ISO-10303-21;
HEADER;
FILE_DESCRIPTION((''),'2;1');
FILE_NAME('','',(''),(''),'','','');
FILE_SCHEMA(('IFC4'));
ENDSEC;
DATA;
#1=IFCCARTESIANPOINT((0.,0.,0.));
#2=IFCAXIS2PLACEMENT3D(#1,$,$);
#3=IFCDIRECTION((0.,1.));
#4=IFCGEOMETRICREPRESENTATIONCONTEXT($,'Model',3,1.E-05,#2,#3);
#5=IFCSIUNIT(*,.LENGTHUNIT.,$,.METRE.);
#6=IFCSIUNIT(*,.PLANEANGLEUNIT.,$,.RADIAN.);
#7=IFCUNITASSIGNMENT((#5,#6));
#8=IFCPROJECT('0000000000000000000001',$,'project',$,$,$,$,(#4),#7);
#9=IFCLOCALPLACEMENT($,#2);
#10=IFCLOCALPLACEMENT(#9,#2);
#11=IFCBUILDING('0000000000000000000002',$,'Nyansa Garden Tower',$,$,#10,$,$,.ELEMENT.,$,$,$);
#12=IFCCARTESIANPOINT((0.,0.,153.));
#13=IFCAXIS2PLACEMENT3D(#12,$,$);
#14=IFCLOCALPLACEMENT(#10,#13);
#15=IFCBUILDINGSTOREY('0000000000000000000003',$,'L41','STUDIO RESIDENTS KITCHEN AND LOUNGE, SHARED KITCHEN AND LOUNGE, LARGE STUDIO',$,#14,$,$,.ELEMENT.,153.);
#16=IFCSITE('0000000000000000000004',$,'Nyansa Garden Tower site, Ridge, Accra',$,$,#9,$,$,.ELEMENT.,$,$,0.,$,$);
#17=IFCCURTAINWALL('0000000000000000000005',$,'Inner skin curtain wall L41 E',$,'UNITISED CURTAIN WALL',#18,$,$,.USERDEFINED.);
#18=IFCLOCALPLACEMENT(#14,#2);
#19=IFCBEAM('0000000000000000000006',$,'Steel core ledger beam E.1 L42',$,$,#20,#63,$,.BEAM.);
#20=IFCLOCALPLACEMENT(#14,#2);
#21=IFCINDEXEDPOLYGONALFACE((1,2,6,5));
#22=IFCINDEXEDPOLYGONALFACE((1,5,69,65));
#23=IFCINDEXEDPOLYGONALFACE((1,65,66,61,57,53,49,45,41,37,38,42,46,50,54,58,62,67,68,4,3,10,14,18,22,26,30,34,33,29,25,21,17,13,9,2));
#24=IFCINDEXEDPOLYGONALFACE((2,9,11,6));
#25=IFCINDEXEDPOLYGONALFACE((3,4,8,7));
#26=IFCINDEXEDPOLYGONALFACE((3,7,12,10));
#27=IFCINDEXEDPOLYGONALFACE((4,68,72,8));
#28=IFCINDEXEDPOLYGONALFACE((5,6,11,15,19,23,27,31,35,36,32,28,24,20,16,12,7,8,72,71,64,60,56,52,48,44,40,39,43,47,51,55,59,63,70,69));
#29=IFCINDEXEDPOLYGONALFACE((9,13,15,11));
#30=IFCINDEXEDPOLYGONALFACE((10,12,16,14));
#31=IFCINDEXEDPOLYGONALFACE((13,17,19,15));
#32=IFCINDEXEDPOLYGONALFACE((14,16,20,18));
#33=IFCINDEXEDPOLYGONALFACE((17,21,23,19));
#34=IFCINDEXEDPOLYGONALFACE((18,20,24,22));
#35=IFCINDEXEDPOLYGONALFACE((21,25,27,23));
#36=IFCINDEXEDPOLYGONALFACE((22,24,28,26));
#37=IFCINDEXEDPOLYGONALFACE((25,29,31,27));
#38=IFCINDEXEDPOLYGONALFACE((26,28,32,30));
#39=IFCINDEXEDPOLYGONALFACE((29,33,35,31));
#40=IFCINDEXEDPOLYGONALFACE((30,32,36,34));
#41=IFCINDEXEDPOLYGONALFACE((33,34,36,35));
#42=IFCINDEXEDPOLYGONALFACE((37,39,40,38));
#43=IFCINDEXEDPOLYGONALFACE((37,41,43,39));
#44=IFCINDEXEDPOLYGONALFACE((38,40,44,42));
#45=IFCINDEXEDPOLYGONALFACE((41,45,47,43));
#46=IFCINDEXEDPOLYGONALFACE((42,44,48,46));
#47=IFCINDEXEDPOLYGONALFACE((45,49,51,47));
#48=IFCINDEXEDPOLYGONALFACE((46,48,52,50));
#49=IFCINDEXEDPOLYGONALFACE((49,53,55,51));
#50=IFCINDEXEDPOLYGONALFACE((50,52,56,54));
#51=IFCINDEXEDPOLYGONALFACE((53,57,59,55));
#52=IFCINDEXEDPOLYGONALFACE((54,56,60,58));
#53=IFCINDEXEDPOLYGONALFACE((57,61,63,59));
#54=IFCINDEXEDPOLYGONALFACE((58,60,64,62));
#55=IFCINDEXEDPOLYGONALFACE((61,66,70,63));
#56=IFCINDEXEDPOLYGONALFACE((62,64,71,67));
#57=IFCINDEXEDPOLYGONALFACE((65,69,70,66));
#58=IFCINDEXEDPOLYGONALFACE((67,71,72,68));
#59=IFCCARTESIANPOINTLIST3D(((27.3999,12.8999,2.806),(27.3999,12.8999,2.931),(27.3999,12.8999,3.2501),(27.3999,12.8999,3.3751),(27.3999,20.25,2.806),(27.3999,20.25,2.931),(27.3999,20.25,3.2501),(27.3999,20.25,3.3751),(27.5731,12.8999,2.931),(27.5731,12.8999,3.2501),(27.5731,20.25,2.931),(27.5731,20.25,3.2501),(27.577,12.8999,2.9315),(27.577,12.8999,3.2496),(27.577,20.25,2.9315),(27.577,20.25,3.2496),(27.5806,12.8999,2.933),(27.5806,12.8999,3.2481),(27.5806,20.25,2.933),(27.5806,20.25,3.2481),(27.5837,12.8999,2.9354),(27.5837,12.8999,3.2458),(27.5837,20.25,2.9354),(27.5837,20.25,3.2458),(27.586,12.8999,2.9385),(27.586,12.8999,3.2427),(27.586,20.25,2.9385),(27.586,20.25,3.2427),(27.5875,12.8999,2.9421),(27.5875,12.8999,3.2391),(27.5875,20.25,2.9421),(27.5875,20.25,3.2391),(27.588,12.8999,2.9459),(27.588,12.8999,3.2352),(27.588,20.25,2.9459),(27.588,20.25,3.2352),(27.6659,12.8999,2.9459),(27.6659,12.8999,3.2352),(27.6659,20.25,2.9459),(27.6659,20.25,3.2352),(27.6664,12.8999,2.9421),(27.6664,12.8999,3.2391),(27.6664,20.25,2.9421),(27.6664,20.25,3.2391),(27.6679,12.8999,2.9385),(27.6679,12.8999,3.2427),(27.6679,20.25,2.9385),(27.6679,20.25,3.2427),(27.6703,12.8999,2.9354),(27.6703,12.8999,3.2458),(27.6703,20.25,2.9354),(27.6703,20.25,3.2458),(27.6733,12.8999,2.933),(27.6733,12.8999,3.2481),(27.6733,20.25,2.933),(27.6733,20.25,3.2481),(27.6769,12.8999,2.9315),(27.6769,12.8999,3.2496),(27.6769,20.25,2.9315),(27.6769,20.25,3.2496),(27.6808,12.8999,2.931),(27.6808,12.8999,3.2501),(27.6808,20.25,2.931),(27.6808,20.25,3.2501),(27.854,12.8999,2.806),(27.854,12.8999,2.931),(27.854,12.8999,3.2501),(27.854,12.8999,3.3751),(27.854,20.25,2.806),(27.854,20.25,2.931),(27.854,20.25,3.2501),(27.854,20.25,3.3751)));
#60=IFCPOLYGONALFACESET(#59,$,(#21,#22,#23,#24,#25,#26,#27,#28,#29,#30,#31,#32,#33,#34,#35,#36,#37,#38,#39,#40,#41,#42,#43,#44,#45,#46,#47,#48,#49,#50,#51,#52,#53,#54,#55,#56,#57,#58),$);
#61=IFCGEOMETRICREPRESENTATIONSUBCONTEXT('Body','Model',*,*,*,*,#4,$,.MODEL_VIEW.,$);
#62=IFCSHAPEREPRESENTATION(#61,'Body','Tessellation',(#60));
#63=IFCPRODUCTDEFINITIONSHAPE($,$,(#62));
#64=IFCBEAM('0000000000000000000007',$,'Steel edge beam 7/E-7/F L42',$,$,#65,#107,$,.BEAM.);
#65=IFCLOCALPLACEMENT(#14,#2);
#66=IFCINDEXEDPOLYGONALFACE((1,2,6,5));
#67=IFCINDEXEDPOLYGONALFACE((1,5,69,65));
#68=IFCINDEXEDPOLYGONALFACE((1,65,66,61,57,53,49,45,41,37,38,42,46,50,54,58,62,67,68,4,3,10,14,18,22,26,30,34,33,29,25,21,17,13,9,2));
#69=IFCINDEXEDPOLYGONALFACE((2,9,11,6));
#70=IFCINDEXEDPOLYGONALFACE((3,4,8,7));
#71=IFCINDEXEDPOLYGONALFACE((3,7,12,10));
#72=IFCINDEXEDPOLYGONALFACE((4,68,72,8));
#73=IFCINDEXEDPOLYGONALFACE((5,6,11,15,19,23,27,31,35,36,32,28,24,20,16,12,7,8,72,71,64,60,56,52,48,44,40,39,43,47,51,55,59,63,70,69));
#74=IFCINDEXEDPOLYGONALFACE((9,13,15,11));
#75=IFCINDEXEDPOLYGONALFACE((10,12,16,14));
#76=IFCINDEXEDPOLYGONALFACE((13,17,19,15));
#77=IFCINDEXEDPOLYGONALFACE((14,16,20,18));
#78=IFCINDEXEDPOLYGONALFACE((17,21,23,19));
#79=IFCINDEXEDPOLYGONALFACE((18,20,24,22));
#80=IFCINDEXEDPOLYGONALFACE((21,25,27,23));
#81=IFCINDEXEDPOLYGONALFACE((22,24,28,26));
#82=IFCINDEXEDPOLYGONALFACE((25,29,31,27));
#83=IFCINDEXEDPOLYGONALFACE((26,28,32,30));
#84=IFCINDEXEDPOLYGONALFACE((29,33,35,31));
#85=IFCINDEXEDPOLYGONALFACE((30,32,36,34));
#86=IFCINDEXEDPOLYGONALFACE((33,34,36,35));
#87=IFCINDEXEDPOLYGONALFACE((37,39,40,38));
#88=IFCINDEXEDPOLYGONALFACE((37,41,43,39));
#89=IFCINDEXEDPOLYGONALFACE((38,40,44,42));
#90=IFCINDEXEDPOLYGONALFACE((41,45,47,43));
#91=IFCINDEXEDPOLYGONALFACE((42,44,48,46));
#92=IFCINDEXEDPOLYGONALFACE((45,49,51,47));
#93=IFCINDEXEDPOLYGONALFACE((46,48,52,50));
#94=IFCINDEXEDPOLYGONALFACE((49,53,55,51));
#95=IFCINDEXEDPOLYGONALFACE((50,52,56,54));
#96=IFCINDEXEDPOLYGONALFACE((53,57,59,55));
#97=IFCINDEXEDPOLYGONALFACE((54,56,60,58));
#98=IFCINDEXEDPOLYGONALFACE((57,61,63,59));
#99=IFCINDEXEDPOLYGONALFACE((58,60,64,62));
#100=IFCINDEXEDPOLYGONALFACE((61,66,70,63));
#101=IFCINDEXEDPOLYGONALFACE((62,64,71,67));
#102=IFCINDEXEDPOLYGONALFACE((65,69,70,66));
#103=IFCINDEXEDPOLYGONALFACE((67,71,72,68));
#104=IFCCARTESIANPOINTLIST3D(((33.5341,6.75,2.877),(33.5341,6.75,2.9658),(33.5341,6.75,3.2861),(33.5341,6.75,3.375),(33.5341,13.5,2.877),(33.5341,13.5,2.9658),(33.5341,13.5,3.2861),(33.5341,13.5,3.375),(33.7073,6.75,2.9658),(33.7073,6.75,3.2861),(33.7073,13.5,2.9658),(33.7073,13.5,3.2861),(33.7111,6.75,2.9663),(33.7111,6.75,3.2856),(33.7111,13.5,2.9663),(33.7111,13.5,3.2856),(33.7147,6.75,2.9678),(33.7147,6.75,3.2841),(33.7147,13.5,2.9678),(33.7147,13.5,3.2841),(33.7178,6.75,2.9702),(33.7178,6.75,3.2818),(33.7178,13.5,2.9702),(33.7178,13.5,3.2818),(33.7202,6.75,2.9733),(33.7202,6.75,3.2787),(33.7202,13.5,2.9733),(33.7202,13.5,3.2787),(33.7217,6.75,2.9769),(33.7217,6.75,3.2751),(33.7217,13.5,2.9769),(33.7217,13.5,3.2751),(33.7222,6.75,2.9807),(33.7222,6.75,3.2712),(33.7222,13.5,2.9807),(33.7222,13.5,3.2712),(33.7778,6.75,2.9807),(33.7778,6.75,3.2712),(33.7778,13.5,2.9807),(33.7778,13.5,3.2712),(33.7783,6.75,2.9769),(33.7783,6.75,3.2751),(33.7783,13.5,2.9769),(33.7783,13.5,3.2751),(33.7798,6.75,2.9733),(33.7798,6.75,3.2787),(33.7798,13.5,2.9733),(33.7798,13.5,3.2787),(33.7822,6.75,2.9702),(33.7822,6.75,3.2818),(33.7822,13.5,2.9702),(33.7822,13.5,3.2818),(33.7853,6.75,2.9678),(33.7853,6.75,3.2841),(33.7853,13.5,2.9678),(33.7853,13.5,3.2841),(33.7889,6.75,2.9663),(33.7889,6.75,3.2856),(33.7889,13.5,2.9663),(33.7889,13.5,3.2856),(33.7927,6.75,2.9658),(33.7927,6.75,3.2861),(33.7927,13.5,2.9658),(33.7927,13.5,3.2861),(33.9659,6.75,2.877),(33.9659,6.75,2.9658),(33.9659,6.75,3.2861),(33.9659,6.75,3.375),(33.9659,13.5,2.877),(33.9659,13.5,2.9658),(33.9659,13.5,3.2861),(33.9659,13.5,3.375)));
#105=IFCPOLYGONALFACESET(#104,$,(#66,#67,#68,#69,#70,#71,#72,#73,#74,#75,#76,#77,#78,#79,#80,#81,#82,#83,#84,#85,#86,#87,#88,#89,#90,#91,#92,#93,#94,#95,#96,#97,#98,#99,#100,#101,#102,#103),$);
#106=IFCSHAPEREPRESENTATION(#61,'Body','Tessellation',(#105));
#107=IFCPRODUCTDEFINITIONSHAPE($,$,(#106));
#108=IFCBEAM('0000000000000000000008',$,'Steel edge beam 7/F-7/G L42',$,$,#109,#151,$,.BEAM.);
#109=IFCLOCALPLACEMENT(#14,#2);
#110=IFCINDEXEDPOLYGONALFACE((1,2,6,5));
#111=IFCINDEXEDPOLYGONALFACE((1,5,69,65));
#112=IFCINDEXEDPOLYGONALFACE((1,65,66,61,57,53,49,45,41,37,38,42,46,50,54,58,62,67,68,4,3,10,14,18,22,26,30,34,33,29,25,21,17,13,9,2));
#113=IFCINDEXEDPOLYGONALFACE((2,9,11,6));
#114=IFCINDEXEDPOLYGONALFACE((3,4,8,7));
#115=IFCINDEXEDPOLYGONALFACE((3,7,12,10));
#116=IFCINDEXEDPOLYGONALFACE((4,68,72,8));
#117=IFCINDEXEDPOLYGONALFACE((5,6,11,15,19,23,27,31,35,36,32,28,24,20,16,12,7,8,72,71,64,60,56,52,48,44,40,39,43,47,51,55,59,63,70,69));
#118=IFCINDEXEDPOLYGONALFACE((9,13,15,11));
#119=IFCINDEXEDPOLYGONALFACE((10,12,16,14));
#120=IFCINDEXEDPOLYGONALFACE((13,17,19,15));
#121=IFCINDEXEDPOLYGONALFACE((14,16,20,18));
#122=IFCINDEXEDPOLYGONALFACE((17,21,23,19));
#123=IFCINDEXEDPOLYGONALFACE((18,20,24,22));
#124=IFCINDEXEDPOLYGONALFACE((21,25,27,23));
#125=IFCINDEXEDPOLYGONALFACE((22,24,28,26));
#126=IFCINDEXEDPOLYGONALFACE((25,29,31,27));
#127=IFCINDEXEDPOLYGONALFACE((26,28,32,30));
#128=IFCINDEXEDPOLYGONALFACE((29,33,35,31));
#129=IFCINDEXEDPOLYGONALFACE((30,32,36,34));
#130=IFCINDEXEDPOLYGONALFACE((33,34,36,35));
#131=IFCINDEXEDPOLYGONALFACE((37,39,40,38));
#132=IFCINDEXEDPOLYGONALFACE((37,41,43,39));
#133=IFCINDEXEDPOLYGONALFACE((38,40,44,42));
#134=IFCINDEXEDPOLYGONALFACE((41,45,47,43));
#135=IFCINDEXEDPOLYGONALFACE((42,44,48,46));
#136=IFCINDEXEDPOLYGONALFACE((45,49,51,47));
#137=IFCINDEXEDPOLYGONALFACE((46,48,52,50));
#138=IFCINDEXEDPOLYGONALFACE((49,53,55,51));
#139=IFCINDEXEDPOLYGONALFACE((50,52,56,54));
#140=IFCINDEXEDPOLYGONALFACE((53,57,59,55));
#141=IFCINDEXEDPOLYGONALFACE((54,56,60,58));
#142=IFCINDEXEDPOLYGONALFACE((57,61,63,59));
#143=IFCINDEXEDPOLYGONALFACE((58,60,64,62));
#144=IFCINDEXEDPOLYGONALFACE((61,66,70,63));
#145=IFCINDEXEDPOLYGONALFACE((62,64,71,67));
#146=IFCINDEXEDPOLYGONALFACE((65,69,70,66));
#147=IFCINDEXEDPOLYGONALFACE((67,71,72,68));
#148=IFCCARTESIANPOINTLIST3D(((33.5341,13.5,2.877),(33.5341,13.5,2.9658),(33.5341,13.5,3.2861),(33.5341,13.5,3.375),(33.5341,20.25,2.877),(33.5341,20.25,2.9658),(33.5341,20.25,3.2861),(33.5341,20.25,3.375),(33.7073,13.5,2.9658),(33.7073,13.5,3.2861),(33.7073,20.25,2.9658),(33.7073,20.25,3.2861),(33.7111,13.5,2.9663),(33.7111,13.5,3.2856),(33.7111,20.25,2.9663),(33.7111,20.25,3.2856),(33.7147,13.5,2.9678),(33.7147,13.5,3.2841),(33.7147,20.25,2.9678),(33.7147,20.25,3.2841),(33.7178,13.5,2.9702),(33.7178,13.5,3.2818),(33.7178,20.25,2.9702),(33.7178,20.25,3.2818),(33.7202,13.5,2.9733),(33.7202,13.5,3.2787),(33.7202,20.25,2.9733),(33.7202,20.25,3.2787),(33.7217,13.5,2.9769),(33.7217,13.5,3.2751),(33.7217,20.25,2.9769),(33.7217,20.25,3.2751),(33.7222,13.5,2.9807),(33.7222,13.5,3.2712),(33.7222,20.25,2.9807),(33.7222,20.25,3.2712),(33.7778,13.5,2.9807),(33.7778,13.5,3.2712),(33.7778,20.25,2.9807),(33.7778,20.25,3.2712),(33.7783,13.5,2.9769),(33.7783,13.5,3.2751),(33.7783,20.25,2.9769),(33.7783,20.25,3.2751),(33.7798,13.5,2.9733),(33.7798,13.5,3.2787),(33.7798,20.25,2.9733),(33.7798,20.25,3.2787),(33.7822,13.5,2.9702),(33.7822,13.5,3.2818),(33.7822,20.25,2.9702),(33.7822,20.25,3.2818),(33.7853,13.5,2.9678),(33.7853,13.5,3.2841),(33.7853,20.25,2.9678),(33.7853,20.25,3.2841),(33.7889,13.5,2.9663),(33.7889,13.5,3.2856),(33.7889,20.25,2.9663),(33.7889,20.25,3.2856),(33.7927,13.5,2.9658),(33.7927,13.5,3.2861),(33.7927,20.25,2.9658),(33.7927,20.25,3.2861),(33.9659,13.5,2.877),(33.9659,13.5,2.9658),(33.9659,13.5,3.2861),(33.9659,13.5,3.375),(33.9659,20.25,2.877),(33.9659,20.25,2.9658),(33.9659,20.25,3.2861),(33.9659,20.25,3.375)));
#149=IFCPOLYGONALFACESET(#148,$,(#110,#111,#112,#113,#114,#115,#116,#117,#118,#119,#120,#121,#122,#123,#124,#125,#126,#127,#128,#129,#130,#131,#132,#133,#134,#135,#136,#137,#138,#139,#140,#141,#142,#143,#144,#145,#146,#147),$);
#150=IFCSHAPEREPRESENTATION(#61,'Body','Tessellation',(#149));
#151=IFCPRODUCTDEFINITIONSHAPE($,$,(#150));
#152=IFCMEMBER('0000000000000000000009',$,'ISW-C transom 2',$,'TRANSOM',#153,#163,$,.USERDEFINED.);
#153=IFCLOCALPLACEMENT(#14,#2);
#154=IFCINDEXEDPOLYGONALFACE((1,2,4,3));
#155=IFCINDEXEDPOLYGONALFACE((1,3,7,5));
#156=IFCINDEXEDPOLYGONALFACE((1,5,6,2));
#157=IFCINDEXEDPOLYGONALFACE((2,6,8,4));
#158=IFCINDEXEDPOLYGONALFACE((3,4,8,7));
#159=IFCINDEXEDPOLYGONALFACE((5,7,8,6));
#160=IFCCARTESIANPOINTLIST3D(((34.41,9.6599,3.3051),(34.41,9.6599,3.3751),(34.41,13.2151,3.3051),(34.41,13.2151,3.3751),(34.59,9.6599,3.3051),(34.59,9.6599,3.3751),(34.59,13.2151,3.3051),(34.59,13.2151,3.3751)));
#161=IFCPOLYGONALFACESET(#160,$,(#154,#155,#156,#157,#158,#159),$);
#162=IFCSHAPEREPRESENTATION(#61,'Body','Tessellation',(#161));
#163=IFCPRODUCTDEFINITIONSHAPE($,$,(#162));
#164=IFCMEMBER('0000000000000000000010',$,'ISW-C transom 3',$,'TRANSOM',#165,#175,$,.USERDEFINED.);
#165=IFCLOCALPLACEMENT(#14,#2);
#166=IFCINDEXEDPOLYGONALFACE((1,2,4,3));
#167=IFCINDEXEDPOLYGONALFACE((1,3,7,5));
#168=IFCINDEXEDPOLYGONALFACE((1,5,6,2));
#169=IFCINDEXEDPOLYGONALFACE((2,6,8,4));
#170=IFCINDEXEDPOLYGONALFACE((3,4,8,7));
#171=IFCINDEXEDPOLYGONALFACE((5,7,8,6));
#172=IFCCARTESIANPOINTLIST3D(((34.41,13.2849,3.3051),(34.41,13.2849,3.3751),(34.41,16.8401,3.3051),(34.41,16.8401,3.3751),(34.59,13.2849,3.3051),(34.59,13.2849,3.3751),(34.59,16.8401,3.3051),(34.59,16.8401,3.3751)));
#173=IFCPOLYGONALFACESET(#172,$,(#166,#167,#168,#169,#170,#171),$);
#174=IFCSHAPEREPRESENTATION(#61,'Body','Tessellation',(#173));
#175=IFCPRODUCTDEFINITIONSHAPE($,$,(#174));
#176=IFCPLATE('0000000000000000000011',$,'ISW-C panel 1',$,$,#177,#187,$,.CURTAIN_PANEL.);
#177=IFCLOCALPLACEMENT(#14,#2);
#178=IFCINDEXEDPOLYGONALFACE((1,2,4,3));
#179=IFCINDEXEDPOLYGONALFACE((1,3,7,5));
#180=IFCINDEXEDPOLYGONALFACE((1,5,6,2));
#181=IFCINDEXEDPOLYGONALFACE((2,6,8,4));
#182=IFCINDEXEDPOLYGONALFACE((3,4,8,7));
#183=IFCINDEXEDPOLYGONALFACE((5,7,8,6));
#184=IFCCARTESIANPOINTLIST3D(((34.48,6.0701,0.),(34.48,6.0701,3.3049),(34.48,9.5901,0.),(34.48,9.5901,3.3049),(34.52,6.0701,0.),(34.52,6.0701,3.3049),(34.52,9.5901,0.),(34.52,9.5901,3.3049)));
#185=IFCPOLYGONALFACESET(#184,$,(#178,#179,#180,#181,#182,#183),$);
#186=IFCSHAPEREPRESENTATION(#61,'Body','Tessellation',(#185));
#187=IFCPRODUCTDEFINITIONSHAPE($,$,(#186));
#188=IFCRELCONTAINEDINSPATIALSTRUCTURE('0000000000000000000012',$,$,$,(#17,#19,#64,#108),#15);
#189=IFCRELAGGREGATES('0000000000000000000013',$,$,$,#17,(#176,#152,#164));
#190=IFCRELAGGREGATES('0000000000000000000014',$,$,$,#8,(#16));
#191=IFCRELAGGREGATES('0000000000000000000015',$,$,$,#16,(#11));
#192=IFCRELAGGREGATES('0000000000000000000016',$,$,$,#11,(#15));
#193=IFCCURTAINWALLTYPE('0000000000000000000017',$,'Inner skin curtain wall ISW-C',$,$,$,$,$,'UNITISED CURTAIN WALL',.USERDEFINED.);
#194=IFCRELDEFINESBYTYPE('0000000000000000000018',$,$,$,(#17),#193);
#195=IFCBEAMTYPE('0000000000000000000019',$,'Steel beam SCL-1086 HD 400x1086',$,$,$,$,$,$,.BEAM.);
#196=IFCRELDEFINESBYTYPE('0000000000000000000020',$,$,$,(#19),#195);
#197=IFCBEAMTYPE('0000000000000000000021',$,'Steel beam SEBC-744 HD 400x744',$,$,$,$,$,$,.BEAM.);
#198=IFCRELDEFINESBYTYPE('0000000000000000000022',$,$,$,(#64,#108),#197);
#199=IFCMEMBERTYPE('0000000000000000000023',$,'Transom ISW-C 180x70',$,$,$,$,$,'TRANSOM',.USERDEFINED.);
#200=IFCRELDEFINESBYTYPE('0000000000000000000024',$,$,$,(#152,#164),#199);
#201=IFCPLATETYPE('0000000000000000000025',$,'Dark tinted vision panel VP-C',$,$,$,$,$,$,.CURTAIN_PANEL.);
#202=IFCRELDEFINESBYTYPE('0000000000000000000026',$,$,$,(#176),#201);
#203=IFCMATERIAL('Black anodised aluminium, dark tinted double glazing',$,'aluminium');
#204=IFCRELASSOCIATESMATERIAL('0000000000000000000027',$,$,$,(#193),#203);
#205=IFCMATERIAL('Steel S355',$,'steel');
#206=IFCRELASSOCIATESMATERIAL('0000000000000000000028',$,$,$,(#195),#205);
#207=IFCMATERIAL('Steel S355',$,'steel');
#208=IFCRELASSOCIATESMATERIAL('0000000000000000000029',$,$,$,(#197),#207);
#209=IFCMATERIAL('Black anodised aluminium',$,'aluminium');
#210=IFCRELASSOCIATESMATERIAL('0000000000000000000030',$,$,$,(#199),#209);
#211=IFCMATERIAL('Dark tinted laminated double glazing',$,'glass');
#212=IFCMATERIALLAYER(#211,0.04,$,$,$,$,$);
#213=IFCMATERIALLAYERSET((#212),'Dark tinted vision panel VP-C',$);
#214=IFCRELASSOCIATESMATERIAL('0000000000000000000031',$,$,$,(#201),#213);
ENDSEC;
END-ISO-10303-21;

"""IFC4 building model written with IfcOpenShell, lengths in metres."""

from ifc_helpers import new_model, si_unit, direction, frame, origin, origin_2d, place, context, subcontext, project, spatial, rectangle, i_section, extrude, material, layer, layer_set, material_profile, profile_set, type_object, element, aggregate, save


model = new_model("IFC4")

# Units and contexts
model_context = context("Model", 3, precision=1e-05, world=origin(), true_north=direction((0.0, 1.0)))
body_context = subcontext(model_context, "Body", "Model", "MODEL_VIEW")
ifc_project = project(units=[si_unit("LENGTHUNIT", "METRE"), si_unit("PLANEANGLEUNIT", "RADIAN")], contexts=[model_context])

# Site, building, storey
site_placement = place(None, origin())
site = spatial("IfcSite", under=ifc_project, at=site_placement, Name="Nyansa Garden Tower site, Ridge, Accra", CompositionType="ELEMENT", RefElevation=0.0)
building_placement = place(site_placement, origin())
building = spatial("IfcBuilding", under=site, at=building_placement, Name="Nyansa Garden Tower", CompositionType="ELEMENT")
storey_placement = place(building_placement, frame((0.0, 0.0, 153.0)))
storey = spatial("IfcBuildingStorey", under=building, at=storey_placement, Name="L41", Description="STUDIO RESIDENTS KITCHEN AND LOUNGE, SHARED KITCHEN AND LOUNGE, LARGE STUDIO", CompositionType="ELEMENT", Elevation=153.0)

# Curtain wall
ifc_material_1 = material(Name="Black anodised aluminium, dark tinted double glazing", Category="aluminium")
curtain_wall_type = type_object("IfcCurtainWallType", Name="Inner skin curtain wall ISW-C", ElementType="UNITISED CURTAIN WALL", PredefinedType="USERDEFINED", material=ifc_material_1)
curtain_wall_placement = place(storey_placement, origin())
curtain_wall = element("IfcCurtainWall", 1, at=curtain_wall_placement, inside=storey, type_object=curtain_wall_type, Name="Inner skin curtain wall L41 E", ObjectType="UNITISED CURTAIN WALL", PredefinedType="USERDEFINED")

# Beams
ifc_material_2 = material(Name="Steel S355", Category="steel")
ifc_material_profile_1 = material_profile(ifc_material_2, i_section(OverallWidth=0.4541, OverallDepth=0.5691, WebThickness=0.0779, FlangeThickness=0.125, FilletRadius=0.0149, at=origin_2d()), Name="HD 400x1086")
ifc_profile_set_1 = profile_set([ifc_material_profile_1], Name="Steel S355")
beam_type_1 = type_object("IfcBeamType", Name="Steel beam SCL-1086 HD 400x1086", PredefinedType="BEAM", material=ifc_profile_set_1)
beam_1_placement = place(storey_placement, frame((27.627, 12.8999, 3.0906), z_axis=(0.0, 1.0, 0.0), x_axis=(-1.0, 0.0, 0.0)))
element("IfcBeam", 2, at=beam_1_placement, inside=storey, type_object=beam_type_1, Name="Steel core ledger beam E.1 L42", PredefinedType="BEAM", context=body_context, shape_type="SweptSolid", body=[
    extrude(i_section(OverallWidth=0.4541, OverallDepth=0.5691, WebThickness=0.0779, FlangeThickness=0.125, FilletRadius=0.0149, at=origin_2d()), origin(), (0.0, 0.0, 1.0), 7.3501),
])
ifc_material_3 = material(Name="Steel S355", Category="steel")
ifc_material_profile_2 = material_profile(ifc_material_3, i_section(OverallWidth=0.4319, OverallDepth=0.498, WebThickness=0.0557, FlangeThickness=0.0889, FilletRadius=0.0149, at=origin_2d()), Name="HD 400x744")
ifc_profile_set_2 = profile_set([ifc_material_profile_2], Name="Steel S355")
beam_type_2 = type_object("IfcBeamType", Name="Steel beam SEBC-744 HD 400x744", PredefinedType="BEAM", material=ifc_profile_set_2)
for number, where, z_axis, x_axis, name in (
    (3, (33.75, 6.75, 3.126), (0.0, 1.0, 0.0), (-1.0, 0.0, 0.0), "Steel edge beam 7/E-7/F L42"),
    (4, (33.75, 13.5, 3.126), (0.0, 1.0, 0.0), (-1.0, 0.0, 0.0), "Steel edge beam 7/F-7/G L42"),
):
    element("IfcBeam", number, at=place(storey_placement, frame(where, z_axis=z_axis, x_axis=x_axis)), inside=storey, type_object=beam_type_2, Name=name, PredefinedType="BEAM", context=body_context, shape_type="SweptSolid", body=[
        extrude(i_section(OverallWidth=0.4319, OverallDepth=0.498, WebThickness=0.0557, FlangeThickness=0.0889, FilletRadius=0.0149, at=origin_2d()), origin(), (0.0, 0.0, 1.0), 6.75),
    ])

# Members
ifc_material_4 = material(Name="Black anodised aluminium", Category="aluminium")
ifc_material_profile_3 = material_profile(ifc_material_4, rectangle(XDim=0.1799, YDim=0.0701, at=origin_2d()), Name="Transom 180x70")
ifc_profile_set_3 = profile_set([ifc_material_profile_3], Name="Black anodised aluminium")
member_type_1 = type_object("IfcMemberType", Name="Transom ISW-C 180x70", ElementType="TRANSOM", PredefinedType="USERDEFINED", material=ifc_profile_set_3)
member_1_placement = place(storey_placement, frame((34.5, 9.6599, 3.3401), z_axis=(0.0, 1.0, 0.0), x_axis=(-1.0, 0.0, 0.0)))
member_1 = element("IfcMember", 5, at=member_1_placement, type_object=member_type_1, Name="ISW-C transom 2", ObjectType="TRANSOM", PredefinedType="USERDEFINED", context=body_context, shape_type="SweptSolid", body=[
    extrude(rectangle(XDim=0.1799, YDim=0.0701, at=origin_2d()), origin(), (0.0, 0.0, 1.0), 3.5552),
])
member_2_placement = place(storey_placement, frame((34.5, 13.2849, 3.3401), z_axis=(0.0, 1.0, 0.0), x_axis=(-1.0, 0.0, 0.0)))
member_2 = element("IfcMember", 6, at=member_2_placement, type_object=member_type_1, Name="ISW-C transom 3", ObjectType="TRANSOM", PredefinedType="USERDEFINED", context=body_context, shape_type="SweptSolid", body=[
    extrude(rectangle(XDim=0.1799, YDim=0.0701, at=origin_2d()), origin(), (0.0, 0.0, 1.0), 3.5552),
])

# Plate
ifc_material_5 = material(Name="Dark tinted laminated double glazing", Category="glass")
ifc_layer_1 = layer(ifc_material_5, 0.04)
ifc_layer_set_1 = layer_set([ifc_layer_1], Name="Dark tinted vision panel VP-C")
plate_type = type_object("IfcPlateType", Name="Dark tinted vision panel VP-C", PredefinedType="CURTAIN_PANEL", material=ifc_layer_set_1)
plate_1_placement = place(storey_placement, frame((34.5, 7.8301, 0.0), z_axis=(0.0, 0.0, 1.0), x_axis=(0.0, 1.0, 0.0)))
plate_1 = element("IfcPlate", 7, at=plate_1_placement, type_object=plate_type, Name="ISW-C panel 1", PredefinedType="CURTAIN_PANEL", context=body_context, shape_type="SweptSolid", body=[
    extrude(rectangle(XDim=3.52, YDim=0.04, at=origin_2d()), origin(), (0.0, 0.0, 1.0), 3.3049),
])
aggregate(curtain_wall, [plate_1, member_1, member_2])

save(model, "model.ifc")
